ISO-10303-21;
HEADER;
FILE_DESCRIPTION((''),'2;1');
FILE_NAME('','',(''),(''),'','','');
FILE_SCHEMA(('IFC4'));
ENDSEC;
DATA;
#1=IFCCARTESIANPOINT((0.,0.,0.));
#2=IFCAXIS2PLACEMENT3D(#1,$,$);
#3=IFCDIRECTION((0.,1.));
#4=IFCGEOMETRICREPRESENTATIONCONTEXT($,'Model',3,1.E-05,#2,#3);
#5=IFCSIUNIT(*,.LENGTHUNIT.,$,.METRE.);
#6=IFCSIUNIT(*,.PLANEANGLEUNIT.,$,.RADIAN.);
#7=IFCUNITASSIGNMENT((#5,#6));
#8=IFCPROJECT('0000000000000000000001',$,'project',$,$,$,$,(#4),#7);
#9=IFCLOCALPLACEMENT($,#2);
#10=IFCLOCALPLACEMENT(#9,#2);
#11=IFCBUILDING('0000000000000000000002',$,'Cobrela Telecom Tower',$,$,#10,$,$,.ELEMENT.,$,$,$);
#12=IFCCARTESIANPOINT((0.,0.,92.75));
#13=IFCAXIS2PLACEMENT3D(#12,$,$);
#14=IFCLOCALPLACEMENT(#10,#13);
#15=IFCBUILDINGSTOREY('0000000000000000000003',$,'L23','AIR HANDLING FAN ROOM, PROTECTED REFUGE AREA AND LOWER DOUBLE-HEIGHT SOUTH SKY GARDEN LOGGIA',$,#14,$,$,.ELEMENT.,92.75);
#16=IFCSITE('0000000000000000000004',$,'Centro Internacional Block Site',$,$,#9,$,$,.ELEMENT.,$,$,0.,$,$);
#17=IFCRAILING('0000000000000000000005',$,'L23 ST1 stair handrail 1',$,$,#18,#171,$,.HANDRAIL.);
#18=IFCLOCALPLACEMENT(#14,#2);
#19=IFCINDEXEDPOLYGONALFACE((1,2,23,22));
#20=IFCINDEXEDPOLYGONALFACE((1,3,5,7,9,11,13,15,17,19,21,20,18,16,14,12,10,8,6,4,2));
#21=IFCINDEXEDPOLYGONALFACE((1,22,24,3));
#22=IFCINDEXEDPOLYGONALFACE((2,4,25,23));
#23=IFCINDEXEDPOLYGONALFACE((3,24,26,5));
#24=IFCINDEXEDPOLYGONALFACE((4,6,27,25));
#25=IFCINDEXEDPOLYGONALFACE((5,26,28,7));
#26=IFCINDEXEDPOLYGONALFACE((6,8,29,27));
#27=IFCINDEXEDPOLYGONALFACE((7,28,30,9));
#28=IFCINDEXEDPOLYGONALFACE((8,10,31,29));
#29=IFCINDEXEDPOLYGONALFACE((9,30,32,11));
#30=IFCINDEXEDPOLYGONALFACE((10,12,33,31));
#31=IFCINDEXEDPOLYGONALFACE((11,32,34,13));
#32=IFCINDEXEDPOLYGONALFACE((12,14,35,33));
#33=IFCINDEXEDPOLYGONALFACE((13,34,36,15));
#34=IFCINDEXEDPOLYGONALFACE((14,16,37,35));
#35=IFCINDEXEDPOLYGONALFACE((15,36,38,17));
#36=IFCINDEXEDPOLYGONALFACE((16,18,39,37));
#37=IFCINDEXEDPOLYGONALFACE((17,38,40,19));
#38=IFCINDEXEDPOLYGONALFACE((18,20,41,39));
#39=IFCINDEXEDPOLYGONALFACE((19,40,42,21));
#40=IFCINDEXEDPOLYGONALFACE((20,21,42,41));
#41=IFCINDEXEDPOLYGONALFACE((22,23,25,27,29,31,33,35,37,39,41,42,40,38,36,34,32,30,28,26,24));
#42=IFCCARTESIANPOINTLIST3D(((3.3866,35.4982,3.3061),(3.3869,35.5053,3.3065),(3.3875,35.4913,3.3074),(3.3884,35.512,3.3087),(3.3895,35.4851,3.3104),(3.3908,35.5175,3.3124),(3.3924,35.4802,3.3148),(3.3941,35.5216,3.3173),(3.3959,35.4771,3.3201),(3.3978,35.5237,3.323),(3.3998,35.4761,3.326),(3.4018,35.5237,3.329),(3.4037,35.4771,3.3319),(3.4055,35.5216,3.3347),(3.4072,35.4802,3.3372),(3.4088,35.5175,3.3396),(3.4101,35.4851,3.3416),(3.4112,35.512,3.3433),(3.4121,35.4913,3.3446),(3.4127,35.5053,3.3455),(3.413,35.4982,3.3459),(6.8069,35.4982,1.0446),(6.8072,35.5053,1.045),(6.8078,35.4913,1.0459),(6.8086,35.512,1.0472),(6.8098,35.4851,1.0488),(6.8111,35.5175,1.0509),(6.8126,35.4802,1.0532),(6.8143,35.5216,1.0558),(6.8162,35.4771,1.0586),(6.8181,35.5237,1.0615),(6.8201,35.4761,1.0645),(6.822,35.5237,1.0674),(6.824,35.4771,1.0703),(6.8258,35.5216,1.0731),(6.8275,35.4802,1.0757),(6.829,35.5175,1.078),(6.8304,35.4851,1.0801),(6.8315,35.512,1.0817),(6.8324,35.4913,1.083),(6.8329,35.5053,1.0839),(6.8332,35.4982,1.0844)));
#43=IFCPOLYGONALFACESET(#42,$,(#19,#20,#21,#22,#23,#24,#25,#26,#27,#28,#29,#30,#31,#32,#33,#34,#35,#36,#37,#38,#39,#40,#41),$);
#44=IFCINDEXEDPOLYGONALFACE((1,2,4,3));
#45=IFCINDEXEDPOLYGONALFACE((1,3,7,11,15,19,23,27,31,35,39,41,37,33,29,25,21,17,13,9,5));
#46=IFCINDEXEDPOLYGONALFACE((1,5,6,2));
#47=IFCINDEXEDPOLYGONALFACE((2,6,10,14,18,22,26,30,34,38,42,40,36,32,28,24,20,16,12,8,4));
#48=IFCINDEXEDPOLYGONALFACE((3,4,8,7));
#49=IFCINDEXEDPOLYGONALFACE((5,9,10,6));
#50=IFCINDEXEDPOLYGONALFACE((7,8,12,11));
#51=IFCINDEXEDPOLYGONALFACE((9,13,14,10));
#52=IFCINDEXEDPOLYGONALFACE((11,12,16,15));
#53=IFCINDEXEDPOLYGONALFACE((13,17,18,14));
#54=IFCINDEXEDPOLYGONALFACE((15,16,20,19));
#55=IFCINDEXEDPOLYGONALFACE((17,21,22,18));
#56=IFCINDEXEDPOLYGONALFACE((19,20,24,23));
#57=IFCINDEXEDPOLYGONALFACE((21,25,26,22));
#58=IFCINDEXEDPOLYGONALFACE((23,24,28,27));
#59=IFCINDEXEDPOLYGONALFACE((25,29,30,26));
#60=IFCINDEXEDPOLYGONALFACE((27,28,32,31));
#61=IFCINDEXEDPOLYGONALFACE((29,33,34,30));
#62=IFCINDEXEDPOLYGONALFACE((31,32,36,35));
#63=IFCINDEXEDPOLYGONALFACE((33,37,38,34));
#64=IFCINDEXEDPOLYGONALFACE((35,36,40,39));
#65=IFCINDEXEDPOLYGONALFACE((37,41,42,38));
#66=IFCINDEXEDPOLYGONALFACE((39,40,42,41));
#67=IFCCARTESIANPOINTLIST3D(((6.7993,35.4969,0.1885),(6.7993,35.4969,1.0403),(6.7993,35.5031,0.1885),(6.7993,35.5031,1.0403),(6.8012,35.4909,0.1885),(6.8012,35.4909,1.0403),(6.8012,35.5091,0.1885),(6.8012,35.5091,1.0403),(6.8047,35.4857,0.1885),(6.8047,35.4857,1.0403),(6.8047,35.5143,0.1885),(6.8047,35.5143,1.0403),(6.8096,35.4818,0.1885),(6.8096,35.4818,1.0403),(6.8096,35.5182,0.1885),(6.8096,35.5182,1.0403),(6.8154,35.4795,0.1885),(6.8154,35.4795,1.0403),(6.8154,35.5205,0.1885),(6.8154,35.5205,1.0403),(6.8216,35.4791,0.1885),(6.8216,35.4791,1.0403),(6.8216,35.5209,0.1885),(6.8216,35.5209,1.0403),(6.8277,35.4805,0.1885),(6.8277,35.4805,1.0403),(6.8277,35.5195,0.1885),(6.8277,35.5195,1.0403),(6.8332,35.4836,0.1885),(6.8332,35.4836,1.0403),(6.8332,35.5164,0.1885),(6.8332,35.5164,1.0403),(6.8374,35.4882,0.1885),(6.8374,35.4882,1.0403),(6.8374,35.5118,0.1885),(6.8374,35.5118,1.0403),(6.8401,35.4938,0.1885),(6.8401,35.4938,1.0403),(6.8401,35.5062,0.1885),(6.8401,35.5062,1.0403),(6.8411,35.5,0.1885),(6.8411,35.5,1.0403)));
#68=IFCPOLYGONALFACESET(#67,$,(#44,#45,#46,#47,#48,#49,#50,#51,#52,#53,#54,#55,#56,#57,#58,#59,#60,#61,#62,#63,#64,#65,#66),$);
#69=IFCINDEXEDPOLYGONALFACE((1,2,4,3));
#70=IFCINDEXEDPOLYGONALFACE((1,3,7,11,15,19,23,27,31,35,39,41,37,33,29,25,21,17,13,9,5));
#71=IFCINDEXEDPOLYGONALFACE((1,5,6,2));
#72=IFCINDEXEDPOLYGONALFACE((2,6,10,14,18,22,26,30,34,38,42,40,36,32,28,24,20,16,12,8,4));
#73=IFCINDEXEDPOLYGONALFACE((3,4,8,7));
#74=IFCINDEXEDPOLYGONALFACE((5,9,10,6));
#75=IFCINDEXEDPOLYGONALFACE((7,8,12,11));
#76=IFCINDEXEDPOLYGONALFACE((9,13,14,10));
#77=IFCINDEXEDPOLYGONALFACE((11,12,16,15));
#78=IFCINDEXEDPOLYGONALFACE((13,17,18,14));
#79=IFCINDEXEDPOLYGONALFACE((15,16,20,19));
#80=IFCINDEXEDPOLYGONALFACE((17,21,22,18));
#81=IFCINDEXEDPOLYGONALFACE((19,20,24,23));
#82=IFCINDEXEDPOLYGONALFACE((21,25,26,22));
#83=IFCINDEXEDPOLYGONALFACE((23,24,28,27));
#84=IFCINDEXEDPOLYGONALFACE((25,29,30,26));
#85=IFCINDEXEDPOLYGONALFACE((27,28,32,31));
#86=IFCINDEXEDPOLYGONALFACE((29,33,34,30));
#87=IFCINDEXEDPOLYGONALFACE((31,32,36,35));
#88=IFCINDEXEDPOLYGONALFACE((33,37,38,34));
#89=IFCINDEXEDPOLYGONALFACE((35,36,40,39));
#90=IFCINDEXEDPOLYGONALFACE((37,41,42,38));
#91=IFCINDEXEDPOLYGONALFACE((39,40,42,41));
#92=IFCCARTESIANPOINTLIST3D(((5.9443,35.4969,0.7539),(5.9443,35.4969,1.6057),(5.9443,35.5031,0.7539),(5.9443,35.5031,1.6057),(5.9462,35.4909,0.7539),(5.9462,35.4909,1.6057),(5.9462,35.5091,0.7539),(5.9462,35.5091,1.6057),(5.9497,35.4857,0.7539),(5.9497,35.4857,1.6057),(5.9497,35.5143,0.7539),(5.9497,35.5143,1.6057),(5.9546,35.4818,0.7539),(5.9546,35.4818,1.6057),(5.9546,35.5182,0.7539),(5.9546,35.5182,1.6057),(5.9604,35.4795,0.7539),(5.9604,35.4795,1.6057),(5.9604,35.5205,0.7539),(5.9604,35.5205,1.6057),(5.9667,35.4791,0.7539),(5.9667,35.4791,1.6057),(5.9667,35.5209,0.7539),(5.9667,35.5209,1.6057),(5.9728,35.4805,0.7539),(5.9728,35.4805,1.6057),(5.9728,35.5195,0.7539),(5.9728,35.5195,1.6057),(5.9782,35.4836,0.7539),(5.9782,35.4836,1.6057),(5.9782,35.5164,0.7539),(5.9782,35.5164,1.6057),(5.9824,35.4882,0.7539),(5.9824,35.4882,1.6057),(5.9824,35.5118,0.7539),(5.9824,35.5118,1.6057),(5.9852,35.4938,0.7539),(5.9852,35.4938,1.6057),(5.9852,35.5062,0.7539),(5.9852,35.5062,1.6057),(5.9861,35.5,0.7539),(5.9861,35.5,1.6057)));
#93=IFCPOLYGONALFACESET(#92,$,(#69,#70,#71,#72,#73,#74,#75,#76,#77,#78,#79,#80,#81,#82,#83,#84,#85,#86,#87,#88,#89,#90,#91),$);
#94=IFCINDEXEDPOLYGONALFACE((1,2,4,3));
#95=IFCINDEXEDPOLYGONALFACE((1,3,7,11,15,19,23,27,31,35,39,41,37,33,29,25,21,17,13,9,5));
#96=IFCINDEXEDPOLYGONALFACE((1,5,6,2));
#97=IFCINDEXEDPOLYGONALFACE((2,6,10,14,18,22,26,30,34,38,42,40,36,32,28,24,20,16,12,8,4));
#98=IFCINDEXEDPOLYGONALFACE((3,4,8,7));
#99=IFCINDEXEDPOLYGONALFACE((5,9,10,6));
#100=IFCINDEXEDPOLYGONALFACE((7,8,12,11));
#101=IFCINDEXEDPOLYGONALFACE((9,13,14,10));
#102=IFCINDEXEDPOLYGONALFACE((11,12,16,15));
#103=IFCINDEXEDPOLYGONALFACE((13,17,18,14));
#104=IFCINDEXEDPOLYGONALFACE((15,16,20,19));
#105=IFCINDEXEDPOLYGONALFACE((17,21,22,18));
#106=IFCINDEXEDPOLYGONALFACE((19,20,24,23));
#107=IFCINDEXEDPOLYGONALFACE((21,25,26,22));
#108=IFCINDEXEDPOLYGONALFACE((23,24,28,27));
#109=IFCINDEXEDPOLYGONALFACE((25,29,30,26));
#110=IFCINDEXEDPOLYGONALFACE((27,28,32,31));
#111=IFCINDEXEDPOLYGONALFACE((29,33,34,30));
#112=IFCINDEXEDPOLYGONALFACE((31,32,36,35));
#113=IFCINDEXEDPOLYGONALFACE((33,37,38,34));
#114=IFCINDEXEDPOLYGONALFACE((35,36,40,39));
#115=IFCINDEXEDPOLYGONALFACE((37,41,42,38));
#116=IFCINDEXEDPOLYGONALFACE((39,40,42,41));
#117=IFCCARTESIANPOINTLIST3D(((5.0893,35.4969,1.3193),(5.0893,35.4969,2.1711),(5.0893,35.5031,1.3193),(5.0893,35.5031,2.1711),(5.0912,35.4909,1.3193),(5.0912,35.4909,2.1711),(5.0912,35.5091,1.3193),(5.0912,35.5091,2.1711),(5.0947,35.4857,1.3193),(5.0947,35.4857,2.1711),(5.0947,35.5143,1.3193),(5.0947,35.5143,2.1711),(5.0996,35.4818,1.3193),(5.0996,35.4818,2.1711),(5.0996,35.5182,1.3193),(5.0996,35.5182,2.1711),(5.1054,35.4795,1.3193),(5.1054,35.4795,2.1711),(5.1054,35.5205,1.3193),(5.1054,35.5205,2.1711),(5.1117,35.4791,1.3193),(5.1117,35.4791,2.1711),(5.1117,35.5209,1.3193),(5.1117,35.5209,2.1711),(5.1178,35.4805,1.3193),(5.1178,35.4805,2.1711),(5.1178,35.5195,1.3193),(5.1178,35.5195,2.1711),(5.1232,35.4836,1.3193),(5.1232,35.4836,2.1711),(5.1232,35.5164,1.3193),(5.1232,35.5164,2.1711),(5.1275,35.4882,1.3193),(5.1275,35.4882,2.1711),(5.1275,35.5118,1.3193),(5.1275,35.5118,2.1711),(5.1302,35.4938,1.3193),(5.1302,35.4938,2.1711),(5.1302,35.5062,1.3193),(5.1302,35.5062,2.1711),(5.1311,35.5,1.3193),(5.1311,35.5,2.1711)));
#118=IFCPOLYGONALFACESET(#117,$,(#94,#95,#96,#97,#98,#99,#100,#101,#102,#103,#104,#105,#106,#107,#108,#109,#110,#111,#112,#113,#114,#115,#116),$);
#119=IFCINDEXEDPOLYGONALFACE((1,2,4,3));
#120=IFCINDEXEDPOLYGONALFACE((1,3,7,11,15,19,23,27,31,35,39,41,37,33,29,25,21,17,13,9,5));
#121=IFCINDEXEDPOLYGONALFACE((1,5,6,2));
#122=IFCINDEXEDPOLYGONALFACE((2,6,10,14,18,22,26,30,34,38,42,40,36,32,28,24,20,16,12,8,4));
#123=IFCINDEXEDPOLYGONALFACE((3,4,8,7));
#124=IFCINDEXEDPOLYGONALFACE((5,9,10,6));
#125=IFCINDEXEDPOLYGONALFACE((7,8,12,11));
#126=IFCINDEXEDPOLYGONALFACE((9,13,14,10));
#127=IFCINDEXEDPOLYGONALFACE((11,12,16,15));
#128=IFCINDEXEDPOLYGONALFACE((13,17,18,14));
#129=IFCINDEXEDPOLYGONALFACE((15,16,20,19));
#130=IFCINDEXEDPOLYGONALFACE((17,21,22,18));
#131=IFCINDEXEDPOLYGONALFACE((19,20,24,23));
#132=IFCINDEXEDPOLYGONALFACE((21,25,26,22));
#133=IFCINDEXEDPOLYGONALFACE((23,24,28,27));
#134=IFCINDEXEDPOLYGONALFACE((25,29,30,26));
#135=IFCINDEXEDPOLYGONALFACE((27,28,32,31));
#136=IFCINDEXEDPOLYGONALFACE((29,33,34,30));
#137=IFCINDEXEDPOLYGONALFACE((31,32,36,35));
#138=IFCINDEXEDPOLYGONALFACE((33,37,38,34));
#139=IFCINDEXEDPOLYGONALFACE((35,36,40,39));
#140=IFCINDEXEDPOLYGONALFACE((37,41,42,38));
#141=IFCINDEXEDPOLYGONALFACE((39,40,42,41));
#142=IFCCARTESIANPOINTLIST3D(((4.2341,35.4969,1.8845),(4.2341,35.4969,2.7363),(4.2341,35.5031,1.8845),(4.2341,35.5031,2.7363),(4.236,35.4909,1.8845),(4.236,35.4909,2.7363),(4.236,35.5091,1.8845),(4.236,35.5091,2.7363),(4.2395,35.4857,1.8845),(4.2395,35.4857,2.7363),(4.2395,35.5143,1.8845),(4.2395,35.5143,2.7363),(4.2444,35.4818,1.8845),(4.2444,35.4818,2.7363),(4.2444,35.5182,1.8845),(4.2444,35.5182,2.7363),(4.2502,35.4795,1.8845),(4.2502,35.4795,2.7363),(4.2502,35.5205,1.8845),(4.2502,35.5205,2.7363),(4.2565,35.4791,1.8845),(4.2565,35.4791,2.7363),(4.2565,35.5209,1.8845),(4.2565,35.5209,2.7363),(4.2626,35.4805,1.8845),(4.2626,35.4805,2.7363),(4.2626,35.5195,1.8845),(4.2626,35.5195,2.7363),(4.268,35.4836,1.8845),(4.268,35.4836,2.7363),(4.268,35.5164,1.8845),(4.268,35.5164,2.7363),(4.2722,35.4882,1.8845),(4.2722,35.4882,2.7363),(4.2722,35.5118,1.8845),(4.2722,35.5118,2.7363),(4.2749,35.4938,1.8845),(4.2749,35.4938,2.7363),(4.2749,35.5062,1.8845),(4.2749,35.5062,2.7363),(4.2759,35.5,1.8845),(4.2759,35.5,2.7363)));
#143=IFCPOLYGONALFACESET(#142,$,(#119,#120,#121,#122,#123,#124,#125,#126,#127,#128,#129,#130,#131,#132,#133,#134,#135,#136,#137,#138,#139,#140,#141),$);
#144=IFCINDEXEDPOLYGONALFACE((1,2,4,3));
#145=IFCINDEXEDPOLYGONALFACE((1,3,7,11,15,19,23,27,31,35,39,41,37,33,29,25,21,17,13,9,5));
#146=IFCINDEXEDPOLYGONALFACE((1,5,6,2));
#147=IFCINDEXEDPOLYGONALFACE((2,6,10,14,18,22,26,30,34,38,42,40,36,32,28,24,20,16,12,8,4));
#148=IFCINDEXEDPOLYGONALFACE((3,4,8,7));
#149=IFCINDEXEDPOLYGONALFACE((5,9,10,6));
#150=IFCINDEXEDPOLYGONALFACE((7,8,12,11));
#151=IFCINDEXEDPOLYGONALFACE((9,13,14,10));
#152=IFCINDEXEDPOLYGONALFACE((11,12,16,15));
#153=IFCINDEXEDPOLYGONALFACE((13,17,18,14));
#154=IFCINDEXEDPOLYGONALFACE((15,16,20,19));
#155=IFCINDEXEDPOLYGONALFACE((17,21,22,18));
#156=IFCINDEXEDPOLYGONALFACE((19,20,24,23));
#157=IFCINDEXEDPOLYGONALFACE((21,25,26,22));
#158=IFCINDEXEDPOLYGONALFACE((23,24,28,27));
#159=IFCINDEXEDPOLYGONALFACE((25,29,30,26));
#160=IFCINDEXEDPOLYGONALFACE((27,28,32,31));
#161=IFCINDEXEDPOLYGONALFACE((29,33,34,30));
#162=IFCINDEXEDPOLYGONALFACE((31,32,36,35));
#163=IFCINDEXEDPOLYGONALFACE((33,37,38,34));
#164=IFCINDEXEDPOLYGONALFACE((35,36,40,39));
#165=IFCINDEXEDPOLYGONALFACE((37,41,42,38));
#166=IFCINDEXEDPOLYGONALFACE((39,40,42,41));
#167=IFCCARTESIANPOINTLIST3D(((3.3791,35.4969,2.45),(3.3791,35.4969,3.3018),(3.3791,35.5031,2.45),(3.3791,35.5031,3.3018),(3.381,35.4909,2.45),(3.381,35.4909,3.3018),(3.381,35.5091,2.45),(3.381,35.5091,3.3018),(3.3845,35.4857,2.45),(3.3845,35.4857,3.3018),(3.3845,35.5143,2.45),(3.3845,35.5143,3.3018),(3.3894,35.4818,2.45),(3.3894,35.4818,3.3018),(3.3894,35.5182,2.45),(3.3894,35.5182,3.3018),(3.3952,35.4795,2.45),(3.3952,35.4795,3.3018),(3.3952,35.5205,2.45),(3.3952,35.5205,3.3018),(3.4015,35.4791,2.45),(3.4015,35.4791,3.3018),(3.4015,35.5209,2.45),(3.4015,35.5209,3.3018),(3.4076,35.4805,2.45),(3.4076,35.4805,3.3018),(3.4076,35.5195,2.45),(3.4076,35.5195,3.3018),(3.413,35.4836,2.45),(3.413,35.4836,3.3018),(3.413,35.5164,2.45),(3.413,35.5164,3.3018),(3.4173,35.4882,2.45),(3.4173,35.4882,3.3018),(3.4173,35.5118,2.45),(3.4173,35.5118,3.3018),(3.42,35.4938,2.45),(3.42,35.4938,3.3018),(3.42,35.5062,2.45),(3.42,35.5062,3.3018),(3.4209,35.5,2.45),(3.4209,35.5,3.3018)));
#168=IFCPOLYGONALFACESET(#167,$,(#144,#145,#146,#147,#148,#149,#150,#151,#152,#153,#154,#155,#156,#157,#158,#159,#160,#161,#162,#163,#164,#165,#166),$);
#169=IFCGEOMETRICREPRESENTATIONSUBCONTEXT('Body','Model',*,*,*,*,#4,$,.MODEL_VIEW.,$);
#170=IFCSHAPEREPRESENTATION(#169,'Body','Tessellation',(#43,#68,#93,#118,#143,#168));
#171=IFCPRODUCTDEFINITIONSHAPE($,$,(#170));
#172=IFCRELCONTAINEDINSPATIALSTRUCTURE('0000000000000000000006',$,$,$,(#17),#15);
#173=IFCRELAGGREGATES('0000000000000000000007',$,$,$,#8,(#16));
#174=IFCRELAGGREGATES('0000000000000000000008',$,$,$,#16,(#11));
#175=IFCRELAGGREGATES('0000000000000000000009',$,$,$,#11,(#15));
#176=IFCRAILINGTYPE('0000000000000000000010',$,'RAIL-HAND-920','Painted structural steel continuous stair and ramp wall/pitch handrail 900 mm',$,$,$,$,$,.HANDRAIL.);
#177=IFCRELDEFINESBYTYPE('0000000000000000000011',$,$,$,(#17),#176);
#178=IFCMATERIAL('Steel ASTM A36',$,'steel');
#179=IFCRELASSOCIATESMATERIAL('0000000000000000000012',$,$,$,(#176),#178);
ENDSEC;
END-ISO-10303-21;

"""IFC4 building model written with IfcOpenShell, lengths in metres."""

from ifc_helpers import new_model, si_unit, direction, frame, origin, origin_2d, place, context, subcontext, project, spatial, circle, extrude, material, type_object, element, save


model = new_model("IFC4")

# Units and contexts
model_context = context("Model", 3, precision=1e-05, world=origin(), true_north=direction((0.0, 1.0)))
body_context = subcontext(model_context, "Body", "Model", "MODEL_VIEW")
ifc_project = project(units=[si_unit("LENGTHUNIT", "METRE"), si_unit("PLANEANGLEUNIT", "RADIAN")], contexts=[model_context])

# Site, building, storey
site_placement = place(None, origin())
site = spatial("IfcSite", under=ifc_project, at=site_placement, Name="Centro Internacional Block Site", CompositionType="ELEMENT", RefElevation=0.0)
building_placement = place(site_placement, origin())
building = spatial("IfcBuilding", under=site, at=building_placement, Name="Cobrela Telecom Tower", CompositionType="ELEMENT")
storey_placement = place(building_placement, frame((0.0, 0.0, 92.75)))
storey = spatial("IfcBuildingStorey", under=building, at=storey_placement, Name="L23", Description="AIR HANDLING FAN ROOM, PROTECTED REFUGE AREA AND LOWER DOUBLE-HEIGHT SOUTH SKY GARDEN LOGGIA", CompositionType="ELEMENT", Elevation=92.75)

# Railing
ifc_material_1 = material(Name="Steel ASTM A36", Category="steel")
railing_type_1 = type_object("IfcRailingType", Name="RAIL-HAND-920", Description="Painted structural steel continuous stair and ramp wall/pitch handrail 900 mm", PredefinedType="HANDRAIL", material=ifc_material_1)
railing_1_placement = place(storey_placement, frame((6.8201, 35.5, 0.1885)))
element("IfcRailing", 1, at=railing_1_placement, inside=storey, type_object=railing_type_1, Name="L23 ST1 stair handrail 1", PredefinedType="HANDRAIL", context=body_context, shape_type="SweptSolid", body=[
    extrude(circle(Radius=0.0239, at=origin_2d()), frame((0.0, 0.0, 0.876), z_axis=(-0.834142, 0.0, 0.55155), x_axis=(0.0, -1.0, 0.0)), (0.0, 0.0, 1.0), 4.1003),
    extrude(circle(Radius=0.021, at=origin_2d()), origin(), (0.0, 0.0, 1.0), 0.8518),
    extrude(circle(Radius=0.021, at=origin_2d()), frame((-0.855, 0.0, 0.5654)), (0.0, 0.0, 1.0), 0.8518),
    extrude(circle(Radius=0.021, at=origin_2d()), frame((-1.71, 0.0, 1.1309)), (0.0, 0.0, 1.0), 0.8518),
    extrude(circle(Radius=0.021, at=origin_2d()), frame((-2.5652, 0.0, 1.696)), (0.0, 0.0, 1.0), 0.8518),
    extrude(circle(Radius=0.021, at=origin_2d()), frame((-3.4202, 0.0, 2.2615)), (0.0, 0.0, 1.0), 0.8518),
])

save(model, "model.ifc")
